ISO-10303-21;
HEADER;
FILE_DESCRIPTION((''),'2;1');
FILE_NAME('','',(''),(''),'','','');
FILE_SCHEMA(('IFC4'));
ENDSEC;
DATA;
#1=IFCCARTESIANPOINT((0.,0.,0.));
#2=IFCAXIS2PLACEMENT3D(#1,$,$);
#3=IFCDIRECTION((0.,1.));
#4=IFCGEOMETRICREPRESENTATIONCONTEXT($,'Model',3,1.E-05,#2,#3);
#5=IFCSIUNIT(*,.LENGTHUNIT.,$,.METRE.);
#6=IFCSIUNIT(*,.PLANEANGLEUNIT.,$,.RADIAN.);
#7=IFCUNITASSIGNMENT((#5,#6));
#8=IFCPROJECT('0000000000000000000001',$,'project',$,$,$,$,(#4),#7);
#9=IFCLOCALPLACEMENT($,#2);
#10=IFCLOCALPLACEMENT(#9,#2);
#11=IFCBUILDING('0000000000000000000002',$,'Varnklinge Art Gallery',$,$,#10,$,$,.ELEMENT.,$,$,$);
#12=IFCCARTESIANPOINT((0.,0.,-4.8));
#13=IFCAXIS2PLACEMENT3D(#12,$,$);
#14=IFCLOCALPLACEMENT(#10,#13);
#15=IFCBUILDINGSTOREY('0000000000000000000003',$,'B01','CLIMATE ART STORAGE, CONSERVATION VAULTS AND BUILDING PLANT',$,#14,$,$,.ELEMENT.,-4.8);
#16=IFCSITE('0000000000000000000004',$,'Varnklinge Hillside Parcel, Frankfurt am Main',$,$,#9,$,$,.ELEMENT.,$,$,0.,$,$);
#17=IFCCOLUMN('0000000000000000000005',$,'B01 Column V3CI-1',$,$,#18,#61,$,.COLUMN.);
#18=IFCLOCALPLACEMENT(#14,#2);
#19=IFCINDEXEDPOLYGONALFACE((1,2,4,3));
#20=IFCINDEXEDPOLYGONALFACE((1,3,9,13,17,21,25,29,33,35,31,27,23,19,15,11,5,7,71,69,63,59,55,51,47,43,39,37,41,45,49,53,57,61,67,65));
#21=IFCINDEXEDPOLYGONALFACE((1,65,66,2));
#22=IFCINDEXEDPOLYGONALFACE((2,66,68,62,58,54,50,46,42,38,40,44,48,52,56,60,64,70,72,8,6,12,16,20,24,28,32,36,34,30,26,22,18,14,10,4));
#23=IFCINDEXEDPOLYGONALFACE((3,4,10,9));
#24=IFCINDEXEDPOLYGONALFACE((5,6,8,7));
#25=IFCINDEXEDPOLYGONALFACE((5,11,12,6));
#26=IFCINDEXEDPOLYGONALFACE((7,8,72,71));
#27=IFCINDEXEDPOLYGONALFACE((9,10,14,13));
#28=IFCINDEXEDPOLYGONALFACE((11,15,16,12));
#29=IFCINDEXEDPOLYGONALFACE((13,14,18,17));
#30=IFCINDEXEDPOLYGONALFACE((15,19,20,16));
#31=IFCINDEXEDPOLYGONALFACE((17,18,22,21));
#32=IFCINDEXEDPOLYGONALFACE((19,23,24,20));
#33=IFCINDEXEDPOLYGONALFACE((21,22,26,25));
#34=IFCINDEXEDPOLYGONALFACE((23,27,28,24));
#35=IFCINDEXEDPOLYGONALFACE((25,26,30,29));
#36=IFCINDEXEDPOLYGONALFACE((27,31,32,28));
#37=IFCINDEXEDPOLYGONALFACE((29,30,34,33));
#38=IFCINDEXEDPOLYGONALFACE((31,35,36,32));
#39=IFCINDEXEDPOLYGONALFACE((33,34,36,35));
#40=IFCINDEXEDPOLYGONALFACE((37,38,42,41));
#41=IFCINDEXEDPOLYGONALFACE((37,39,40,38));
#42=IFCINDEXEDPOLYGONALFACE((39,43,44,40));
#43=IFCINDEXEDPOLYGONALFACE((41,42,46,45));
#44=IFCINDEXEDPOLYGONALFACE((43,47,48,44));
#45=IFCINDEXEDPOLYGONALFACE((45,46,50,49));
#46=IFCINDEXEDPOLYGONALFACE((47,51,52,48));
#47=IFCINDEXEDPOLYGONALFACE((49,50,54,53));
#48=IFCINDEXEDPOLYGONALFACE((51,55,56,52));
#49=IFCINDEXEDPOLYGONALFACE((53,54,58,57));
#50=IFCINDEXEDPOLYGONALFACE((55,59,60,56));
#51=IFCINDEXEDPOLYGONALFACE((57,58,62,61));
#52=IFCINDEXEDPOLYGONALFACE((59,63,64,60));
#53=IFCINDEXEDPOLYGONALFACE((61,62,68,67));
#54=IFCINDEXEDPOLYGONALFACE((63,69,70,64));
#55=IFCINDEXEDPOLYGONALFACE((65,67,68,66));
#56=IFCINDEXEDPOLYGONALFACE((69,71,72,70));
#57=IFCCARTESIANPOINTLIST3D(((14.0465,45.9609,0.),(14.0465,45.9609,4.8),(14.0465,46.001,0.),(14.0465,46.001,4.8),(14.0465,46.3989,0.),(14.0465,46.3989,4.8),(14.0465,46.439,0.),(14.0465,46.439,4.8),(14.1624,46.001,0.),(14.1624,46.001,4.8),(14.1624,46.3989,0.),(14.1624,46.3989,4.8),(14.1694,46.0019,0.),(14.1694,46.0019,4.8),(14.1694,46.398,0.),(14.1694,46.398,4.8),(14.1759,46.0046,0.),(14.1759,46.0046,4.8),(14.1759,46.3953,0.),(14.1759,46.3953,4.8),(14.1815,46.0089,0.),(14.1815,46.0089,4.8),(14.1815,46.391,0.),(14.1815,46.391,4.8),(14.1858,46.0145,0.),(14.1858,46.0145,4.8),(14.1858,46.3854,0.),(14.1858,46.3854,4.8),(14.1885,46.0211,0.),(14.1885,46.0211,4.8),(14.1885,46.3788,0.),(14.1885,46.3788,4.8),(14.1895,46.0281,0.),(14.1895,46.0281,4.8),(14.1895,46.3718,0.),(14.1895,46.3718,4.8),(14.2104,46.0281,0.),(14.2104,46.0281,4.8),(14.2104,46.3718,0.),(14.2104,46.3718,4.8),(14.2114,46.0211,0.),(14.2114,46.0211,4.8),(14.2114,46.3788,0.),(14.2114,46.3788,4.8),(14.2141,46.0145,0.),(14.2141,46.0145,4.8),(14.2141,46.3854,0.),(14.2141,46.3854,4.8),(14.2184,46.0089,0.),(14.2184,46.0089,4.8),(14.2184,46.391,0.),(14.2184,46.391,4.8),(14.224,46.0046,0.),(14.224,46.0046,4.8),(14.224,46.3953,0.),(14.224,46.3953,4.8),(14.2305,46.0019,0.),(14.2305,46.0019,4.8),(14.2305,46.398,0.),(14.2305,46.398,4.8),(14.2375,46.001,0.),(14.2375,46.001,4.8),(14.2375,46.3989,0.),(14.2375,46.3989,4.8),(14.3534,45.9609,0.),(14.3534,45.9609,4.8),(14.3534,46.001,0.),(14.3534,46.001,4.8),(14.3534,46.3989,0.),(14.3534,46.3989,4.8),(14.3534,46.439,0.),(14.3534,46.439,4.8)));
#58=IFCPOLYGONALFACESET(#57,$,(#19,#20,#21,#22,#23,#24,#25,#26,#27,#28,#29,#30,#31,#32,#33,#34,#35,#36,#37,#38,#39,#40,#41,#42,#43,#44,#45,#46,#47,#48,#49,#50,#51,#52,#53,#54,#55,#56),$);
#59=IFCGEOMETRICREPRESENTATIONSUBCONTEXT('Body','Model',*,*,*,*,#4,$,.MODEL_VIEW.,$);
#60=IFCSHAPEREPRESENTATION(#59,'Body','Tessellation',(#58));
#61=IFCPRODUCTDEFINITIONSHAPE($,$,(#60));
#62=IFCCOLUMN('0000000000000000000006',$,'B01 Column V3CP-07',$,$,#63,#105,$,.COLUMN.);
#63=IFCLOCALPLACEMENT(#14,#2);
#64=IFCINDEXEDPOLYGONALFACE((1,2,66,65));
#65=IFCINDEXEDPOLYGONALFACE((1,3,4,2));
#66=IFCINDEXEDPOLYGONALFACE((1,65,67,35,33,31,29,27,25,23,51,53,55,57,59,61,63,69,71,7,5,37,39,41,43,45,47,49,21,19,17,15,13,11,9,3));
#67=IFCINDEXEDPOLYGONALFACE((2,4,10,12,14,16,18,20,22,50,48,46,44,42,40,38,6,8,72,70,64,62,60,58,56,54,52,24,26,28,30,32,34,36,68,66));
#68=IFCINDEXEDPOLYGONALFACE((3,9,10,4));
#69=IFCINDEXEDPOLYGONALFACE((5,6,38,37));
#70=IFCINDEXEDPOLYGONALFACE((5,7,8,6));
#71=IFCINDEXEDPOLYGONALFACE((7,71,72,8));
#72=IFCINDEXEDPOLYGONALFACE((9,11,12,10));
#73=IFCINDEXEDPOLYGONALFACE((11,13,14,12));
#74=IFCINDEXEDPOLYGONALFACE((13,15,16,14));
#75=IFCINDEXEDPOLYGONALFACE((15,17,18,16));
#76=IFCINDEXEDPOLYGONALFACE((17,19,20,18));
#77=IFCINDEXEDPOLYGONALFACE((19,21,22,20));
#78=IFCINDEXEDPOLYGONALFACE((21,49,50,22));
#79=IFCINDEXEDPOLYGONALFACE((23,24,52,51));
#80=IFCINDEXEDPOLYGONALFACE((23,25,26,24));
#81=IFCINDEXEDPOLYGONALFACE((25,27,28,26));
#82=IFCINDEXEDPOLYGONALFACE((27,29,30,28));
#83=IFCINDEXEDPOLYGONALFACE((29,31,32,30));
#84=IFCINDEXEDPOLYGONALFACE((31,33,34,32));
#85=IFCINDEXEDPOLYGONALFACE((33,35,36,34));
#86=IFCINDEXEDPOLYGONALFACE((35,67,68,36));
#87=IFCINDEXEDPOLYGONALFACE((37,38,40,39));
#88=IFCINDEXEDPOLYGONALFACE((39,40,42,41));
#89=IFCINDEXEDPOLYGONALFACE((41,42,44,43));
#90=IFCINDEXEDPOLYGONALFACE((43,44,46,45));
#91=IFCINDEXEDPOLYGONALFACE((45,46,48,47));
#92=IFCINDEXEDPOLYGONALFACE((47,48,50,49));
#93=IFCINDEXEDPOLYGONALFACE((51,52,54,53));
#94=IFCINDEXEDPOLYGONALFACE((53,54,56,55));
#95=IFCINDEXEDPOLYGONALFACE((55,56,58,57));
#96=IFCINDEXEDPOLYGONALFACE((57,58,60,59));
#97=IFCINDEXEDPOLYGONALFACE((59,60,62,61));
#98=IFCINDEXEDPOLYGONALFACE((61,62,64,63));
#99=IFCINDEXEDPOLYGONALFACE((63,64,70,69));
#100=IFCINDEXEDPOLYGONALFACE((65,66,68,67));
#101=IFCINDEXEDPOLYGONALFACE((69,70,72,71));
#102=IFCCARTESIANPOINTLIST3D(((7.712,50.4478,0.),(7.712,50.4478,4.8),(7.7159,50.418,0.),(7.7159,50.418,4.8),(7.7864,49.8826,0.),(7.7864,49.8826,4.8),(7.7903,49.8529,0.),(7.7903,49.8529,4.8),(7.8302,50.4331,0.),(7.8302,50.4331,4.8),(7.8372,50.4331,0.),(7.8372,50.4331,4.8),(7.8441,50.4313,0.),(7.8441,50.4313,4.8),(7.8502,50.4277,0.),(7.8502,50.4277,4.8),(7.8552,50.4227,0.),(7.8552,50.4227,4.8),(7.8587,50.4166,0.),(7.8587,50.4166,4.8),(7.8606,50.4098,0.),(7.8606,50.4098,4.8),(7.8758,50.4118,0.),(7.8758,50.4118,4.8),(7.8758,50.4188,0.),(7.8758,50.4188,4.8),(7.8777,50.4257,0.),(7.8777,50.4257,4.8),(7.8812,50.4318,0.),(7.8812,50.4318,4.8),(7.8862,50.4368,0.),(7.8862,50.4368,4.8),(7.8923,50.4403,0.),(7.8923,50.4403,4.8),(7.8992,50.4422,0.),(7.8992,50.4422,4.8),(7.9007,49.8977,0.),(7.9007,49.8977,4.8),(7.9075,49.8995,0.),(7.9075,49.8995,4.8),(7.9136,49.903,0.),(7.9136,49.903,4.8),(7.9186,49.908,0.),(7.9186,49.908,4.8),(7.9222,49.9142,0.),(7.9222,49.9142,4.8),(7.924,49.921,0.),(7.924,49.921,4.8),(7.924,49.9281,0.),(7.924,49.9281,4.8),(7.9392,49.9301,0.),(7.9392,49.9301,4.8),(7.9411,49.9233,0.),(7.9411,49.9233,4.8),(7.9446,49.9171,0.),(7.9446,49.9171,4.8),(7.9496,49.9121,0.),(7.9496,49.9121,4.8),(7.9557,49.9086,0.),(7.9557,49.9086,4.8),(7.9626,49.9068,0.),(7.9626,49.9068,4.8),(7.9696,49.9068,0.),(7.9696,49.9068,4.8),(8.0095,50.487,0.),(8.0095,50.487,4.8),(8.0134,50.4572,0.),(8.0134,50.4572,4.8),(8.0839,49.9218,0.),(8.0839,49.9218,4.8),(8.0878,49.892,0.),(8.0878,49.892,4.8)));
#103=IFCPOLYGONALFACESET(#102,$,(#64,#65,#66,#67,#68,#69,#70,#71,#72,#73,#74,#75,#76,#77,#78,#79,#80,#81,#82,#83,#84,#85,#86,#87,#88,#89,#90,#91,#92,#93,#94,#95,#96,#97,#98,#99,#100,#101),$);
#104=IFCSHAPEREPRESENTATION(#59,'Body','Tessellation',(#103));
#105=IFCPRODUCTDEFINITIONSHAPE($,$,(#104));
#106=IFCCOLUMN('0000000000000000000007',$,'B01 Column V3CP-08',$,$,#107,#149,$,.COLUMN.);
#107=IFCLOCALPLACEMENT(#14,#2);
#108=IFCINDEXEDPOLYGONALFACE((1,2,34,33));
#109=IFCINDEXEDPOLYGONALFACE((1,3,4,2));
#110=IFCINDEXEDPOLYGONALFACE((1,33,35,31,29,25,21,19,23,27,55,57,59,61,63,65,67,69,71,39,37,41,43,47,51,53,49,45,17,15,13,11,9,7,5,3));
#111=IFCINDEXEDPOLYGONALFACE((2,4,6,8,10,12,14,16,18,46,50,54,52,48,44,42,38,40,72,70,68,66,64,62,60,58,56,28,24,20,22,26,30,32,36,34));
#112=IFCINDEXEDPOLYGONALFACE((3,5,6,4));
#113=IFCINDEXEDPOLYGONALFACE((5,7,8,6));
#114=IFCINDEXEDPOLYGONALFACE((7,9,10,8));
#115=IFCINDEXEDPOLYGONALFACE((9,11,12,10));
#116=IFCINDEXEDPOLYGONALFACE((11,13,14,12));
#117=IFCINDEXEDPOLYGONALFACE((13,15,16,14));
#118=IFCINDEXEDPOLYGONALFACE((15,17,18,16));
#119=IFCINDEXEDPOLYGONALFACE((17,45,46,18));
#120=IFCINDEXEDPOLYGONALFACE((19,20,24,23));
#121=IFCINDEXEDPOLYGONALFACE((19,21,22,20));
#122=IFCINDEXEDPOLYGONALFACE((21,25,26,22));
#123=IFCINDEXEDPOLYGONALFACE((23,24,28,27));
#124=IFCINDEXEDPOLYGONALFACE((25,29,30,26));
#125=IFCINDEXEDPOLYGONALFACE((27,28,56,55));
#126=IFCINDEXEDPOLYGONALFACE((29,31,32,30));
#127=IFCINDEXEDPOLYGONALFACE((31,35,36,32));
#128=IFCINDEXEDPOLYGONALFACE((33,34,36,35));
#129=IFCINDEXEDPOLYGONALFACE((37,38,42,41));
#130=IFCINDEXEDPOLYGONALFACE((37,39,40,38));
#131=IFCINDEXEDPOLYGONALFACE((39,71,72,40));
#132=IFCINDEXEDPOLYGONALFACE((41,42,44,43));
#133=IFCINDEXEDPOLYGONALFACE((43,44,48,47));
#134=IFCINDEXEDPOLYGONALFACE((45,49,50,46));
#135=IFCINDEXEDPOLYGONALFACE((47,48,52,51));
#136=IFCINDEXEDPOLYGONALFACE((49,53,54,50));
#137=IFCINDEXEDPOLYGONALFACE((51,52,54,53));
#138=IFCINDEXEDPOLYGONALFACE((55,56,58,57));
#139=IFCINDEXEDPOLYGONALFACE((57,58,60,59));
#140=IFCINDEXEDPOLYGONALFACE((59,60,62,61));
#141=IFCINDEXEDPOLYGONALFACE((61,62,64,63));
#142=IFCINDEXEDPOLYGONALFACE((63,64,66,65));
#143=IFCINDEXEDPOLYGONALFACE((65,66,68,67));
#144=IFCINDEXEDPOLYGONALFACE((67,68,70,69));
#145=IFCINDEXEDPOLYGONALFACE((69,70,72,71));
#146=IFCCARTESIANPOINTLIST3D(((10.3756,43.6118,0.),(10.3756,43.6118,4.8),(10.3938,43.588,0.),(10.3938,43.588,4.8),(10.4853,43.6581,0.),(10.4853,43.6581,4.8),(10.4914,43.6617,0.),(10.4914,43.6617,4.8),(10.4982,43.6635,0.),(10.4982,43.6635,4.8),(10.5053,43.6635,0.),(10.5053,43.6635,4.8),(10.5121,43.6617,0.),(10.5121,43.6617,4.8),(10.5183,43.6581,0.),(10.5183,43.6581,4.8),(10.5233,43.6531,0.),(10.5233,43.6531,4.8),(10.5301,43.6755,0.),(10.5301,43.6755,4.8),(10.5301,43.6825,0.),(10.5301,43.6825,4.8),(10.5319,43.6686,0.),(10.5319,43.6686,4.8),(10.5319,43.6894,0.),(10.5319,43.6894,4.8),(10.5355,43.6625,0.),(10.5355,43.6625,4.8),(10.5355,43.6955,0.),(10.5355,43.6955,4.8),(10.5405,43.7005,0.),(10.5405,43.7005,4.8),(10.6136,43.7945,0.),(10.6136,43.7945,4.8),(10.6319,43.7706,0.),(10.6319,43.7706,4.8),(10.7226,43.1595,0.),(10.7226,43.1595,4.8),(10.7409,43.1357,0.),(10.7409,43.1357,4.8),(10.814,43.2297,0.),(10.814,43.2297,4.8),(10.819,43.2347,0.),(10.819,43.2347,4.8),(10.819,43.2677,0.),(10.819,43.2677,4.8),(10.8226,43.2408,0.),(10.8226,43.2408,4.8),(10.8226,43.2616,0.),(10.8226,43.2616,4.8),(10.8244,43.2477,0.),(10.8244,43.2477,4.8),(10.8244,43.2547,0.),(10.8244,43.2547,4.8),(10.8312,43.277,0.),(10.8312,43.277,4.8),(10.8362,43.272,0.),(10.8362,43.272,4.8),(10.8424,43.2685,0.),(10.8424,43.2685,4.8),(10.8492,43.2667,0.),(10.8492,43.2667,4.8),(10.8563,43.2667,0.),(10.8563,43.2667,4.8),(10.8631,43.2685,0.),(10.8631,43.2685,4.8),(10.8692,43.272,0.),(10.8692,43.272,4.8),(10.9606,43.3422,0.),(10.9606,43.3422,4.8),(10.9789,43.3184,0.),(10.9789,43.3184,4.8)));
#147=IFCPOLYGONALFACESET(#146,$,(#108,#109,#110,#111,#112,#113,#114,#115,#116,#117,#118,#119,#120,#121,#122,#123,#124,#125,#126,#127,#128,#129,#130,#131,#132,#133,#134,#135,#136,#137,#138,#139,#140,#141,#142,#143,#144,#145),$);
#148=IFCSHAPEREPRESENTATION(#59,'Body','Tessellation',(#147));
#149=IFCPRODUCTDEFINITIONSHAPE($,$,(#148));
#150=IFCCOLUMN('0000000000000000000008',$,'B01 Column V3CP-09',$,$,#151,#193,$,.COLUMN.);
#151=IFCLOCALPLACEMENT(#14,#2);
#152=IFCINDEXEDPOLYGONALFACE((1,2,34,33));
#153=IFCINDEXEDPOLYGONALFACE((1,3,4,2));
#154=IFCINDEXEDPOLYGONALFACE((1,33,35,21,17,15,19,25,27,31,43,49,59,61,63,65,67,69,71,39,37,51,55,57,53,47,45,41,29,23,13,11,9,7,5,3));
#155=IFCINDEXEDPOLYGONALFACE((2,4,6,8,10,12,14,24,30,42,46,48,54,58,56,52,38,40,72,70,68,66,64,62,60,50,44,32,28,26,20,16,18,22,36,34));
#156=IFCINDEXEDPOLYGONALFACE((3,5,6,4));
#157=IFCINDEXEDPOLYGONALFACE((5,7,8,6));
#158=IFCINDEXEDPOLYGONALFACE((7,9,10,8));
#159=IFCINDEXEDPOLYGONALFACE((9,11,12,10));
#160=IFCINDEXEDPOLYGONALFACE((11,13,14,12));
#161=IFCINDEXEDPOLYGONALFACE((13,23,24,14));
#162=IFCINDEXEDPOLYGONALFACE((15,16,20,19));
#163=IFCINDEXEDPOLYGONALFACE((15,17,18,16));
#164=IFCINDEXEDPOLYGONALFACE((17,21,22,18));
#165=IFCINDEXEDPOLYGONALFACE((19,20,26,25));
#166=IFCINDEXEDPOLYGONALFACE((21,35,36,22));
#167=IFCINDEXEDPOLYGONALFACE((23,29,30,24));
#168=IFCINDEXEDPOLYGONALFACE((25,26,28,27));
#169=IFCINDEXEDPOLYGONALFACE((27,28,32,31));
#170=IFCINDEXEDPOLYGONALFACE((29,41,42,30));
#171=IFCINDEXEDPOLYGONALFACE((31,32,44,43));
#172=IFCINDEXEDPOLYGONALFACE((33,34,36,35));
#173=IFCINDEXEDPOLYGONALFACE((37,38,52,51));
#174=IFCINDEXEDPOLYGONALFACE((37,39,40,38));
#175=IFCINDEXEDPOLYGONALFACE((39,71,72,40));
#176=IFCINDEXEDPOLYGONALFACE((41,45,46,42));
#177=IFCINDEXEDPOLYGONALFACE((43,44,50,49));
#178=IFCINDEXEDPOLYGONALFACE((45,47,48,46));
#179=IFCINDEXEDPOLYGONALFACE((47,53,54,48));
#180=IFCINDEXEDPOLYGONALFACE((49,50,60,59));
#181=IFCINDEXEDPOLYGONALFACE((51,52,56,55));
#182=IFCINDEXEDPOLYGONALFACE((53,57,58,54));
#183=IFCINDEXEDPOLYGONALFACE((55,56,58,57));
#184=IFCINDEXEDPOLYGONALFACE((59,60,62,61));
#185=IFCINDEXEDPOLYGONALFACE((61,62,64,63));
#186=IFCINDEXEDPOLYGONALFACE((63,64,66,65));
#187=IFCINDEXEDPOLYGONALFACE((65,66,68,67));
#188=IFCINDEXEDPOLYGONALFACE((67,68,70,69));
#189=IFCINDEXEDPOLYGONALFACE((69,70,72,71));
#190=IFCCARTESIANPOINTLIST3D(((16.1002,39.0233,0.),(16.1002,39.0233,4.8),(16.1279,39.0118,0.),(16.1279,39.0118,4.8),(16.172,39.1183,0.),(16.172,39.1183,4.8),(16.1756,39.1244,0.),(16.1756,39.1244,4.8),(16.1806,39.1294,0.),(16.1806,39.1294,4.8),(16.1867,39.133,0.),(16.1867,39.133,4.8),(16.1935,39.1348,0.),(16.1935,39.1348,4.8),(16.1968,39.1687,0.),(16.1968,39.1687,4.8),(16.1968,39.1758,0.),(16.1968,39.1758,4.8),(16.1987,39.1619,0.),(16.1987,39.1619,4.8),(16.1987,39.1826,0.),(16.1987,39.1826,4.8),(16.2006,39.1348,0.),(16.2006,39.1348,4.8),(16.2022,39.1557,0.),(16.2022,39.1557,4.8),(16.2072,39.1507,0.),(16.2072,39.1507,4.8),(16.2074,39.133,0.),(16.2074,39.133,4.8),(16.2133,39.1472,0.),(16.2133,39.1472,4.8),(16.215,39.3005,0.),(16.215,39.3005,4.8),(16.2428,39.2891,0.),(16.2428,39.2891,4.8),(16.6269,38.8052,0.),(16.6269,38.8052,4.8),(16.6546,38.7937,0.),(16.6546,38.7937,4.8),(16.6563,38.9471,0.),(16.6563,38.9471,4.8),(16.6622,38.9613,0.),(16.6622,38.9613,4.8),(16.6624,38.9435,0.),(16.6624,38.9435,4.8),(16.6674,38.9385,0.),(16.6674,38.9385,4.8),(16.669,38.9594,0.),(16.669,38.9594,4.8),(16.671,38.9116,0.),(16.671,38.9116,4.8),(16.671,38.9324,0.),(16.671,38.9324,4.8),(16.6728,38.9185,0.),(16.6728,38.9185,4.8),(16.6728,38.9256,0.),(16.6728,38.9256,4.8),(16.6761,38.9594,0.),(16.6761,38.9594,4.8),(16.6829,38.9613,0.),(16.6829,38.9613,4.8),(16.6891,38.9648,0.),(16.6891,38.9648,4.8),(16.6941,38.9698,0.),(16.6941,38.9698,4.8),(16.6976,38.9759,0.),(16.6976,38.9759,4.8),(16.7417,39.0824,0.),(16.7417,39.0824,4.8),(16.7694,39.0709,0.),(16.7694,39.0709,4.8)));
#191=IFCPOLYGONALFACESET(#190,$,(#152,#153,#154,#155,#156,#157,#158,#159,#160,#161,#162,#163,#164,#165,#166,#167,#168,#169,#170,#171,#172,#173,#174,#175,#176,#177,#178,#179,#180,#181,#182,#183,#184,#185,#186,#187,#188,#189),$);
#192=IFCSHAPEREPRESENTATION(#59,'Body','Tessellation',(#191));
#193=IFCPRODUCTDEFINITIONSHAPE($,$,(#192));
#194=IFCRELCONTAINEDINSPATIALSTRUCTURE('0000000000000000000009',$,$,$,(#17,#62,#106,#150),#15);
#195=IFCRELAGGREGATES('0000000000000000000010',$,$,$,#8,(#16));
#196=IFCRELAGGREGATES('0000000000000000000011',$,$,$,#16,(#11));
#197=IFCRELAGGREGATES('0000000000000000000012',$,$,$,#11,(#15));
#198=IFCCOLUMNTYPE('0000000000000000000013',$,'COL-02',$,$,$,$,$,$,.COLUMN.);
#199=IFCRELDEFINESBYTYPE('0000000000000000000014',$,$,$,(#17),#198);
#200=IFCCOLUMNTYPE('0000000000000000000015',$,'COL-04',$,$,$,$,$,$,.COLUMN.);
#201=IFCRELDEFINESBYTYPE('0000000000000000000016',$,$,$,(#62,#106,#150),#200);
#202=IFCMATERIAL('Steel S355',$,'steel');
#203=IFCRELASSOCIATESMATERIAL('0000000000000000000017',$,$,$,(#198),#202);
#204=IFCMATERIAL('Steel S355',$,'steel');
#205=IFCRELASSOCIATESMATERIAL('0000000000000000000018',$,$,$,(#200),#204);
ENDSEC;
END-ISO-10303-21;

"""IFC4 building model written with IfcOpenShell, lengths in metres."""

from ifc_helpers import new_model, si_unit, direction, frame, origin, origin_2d, place, context, subcontext, project, spatial, i_section, extrude, material, material_profile, profile_set, type_object, element, save


model = new_model("IFC4")

# Units and contexts
model_context = context("Model", 3, precision=1e-05, world=origin(), true_north=direction((0.0, 1.0)))
body_context = subcontext(model_context, "Body", "Model", "MODEL_VIEW")
ifc_project = project(units=[si_unit("LENGTHUNIT", "METRE"), si_unit("PLANEANGLEUNIT", "RADIAN")], contexts=[model_context])

# Site, building, storey
site_placement = place(None, origin())
site = spatial("IfcSite", under=ifc_project, at=site_placement, Name="Varnklinge Hillside Parcel, Frankfurt am Main", CompositionType="ELEMENT", RefElevation=0.0)
building_placement = place(site_placement, origin())
building = spatial("IfcBuilding", under=site, at=building_placement, Name="Varnklinge Art Gallery", CompositionType="ELEMENT")
storey_placement = place(building_placement, frame((0.0, 0.0, -4.8)))
storey = spatial("IfcBuildingStorey", under=building, at=storey_placement, Name="B01", Description="CLIMATE ART STORAGE, CONSERVATION VAULTS AND BUILDING PLANT", CompositionType="ELEMENT", Elevation=-4.8)

# Columns
ifc_material_1 = material(Name="Steel S355", Category="steel")
ifc_material_profile_1 = material_profile(ifc_material_1, i_section(OverallWidth=0.3069, OverallDepth=0.478, WebThickness=0.021, FlangeThickness=0.04, FilletRadius=0.0271, at=origin_2d()), Name="HEM 450")
ifc_profile_set_1 = profile_set([ifc_material_profile_1], Name="Steel S355")
column_type_1 = type_object("IfcColumnType", Name="COL-02", PredefinedType="COLUMN", material=ifc_profile_set_1)
column_1_placement = place(storey_placement, frame((14.2, 46.2, 0.0), z_axis=(0.0, 0.0, 1.0), x_axis=(1.0, 0.0, 0.0)))
element("IfcColumn", 1, at=column_1_placement, inside=storey, type_object=column_type_1, Name="B01 Column V3CI-1", PredefinedType="COLUMN", context=body_context, shape_type="SweptSolid", body=[
    extrude(i_section(OverallWidth=0.3069, OverallDepth=0.478, WebThickness=0.021, FlangeThickness=0.04, FilletRadius=0.0271, at=origin_2d()), origin(), (0.0, 0.0, 1.0), 4.8),
])
ifc_material_2 = material(Name="Steel S355", Category="steel")
ifc_material_profile_2 = material_profile(ifc_material_2, i_section(OverallWidth=0.3, OverallDepth=0.6001, WebThickness=0.0154, FlangeThickness=0.03, FilletRadius=0.0271, at=origin_2d()), Name="HEB 600")
ifc_profile_set_2 = profile_set([ifc_material_profile_2], Name="Steel S355")
column_type_2 = type_object("IfcColumnType", Name="COL-04", PredefinedType="COLUMN", material=ifc_profile_set_2)
for number, where, z_axis, x_axis, name in (
    (2, (7.8999, 50.1699, 0.0), (0.0, 0.0, 1.0), (-0.991445, -0.130526, 0.0), "B01 Column V3CP-07"),
    (3, (10.6772, 43.4651, 0.0), (0.0, 0.0, 1.0), (-0.793353, -0.608761, 0.0), "B01 Column V3CP-08"),
    (4, (16.4348, 39.0471, 0.0), (0.0, 0.0, 1.0), (-0.382683, -0.92388, 0.0), "B01 Column V3CP-09"),
):
    element("IfcColumn", number, at=place(storey_placement, frame(where, z_axis=z_axis, x_axis=x_axis)), inside=storey, type_object=column_type_2, Name=name, PredefinedType="COLUMN", context=body_context, shape_type="SweptSolid", body=[
        extrude(i_section(OverallWidth=0.3, OverallDepth=0.6001, WebThickness=0.0154, FlangeThickness=0.03, FilletRadius=0.0271, at=origin_2d()), origin(), (0.0, 0.0, 1.0), 4.8),
    ])

save(model, "model.ifc")
